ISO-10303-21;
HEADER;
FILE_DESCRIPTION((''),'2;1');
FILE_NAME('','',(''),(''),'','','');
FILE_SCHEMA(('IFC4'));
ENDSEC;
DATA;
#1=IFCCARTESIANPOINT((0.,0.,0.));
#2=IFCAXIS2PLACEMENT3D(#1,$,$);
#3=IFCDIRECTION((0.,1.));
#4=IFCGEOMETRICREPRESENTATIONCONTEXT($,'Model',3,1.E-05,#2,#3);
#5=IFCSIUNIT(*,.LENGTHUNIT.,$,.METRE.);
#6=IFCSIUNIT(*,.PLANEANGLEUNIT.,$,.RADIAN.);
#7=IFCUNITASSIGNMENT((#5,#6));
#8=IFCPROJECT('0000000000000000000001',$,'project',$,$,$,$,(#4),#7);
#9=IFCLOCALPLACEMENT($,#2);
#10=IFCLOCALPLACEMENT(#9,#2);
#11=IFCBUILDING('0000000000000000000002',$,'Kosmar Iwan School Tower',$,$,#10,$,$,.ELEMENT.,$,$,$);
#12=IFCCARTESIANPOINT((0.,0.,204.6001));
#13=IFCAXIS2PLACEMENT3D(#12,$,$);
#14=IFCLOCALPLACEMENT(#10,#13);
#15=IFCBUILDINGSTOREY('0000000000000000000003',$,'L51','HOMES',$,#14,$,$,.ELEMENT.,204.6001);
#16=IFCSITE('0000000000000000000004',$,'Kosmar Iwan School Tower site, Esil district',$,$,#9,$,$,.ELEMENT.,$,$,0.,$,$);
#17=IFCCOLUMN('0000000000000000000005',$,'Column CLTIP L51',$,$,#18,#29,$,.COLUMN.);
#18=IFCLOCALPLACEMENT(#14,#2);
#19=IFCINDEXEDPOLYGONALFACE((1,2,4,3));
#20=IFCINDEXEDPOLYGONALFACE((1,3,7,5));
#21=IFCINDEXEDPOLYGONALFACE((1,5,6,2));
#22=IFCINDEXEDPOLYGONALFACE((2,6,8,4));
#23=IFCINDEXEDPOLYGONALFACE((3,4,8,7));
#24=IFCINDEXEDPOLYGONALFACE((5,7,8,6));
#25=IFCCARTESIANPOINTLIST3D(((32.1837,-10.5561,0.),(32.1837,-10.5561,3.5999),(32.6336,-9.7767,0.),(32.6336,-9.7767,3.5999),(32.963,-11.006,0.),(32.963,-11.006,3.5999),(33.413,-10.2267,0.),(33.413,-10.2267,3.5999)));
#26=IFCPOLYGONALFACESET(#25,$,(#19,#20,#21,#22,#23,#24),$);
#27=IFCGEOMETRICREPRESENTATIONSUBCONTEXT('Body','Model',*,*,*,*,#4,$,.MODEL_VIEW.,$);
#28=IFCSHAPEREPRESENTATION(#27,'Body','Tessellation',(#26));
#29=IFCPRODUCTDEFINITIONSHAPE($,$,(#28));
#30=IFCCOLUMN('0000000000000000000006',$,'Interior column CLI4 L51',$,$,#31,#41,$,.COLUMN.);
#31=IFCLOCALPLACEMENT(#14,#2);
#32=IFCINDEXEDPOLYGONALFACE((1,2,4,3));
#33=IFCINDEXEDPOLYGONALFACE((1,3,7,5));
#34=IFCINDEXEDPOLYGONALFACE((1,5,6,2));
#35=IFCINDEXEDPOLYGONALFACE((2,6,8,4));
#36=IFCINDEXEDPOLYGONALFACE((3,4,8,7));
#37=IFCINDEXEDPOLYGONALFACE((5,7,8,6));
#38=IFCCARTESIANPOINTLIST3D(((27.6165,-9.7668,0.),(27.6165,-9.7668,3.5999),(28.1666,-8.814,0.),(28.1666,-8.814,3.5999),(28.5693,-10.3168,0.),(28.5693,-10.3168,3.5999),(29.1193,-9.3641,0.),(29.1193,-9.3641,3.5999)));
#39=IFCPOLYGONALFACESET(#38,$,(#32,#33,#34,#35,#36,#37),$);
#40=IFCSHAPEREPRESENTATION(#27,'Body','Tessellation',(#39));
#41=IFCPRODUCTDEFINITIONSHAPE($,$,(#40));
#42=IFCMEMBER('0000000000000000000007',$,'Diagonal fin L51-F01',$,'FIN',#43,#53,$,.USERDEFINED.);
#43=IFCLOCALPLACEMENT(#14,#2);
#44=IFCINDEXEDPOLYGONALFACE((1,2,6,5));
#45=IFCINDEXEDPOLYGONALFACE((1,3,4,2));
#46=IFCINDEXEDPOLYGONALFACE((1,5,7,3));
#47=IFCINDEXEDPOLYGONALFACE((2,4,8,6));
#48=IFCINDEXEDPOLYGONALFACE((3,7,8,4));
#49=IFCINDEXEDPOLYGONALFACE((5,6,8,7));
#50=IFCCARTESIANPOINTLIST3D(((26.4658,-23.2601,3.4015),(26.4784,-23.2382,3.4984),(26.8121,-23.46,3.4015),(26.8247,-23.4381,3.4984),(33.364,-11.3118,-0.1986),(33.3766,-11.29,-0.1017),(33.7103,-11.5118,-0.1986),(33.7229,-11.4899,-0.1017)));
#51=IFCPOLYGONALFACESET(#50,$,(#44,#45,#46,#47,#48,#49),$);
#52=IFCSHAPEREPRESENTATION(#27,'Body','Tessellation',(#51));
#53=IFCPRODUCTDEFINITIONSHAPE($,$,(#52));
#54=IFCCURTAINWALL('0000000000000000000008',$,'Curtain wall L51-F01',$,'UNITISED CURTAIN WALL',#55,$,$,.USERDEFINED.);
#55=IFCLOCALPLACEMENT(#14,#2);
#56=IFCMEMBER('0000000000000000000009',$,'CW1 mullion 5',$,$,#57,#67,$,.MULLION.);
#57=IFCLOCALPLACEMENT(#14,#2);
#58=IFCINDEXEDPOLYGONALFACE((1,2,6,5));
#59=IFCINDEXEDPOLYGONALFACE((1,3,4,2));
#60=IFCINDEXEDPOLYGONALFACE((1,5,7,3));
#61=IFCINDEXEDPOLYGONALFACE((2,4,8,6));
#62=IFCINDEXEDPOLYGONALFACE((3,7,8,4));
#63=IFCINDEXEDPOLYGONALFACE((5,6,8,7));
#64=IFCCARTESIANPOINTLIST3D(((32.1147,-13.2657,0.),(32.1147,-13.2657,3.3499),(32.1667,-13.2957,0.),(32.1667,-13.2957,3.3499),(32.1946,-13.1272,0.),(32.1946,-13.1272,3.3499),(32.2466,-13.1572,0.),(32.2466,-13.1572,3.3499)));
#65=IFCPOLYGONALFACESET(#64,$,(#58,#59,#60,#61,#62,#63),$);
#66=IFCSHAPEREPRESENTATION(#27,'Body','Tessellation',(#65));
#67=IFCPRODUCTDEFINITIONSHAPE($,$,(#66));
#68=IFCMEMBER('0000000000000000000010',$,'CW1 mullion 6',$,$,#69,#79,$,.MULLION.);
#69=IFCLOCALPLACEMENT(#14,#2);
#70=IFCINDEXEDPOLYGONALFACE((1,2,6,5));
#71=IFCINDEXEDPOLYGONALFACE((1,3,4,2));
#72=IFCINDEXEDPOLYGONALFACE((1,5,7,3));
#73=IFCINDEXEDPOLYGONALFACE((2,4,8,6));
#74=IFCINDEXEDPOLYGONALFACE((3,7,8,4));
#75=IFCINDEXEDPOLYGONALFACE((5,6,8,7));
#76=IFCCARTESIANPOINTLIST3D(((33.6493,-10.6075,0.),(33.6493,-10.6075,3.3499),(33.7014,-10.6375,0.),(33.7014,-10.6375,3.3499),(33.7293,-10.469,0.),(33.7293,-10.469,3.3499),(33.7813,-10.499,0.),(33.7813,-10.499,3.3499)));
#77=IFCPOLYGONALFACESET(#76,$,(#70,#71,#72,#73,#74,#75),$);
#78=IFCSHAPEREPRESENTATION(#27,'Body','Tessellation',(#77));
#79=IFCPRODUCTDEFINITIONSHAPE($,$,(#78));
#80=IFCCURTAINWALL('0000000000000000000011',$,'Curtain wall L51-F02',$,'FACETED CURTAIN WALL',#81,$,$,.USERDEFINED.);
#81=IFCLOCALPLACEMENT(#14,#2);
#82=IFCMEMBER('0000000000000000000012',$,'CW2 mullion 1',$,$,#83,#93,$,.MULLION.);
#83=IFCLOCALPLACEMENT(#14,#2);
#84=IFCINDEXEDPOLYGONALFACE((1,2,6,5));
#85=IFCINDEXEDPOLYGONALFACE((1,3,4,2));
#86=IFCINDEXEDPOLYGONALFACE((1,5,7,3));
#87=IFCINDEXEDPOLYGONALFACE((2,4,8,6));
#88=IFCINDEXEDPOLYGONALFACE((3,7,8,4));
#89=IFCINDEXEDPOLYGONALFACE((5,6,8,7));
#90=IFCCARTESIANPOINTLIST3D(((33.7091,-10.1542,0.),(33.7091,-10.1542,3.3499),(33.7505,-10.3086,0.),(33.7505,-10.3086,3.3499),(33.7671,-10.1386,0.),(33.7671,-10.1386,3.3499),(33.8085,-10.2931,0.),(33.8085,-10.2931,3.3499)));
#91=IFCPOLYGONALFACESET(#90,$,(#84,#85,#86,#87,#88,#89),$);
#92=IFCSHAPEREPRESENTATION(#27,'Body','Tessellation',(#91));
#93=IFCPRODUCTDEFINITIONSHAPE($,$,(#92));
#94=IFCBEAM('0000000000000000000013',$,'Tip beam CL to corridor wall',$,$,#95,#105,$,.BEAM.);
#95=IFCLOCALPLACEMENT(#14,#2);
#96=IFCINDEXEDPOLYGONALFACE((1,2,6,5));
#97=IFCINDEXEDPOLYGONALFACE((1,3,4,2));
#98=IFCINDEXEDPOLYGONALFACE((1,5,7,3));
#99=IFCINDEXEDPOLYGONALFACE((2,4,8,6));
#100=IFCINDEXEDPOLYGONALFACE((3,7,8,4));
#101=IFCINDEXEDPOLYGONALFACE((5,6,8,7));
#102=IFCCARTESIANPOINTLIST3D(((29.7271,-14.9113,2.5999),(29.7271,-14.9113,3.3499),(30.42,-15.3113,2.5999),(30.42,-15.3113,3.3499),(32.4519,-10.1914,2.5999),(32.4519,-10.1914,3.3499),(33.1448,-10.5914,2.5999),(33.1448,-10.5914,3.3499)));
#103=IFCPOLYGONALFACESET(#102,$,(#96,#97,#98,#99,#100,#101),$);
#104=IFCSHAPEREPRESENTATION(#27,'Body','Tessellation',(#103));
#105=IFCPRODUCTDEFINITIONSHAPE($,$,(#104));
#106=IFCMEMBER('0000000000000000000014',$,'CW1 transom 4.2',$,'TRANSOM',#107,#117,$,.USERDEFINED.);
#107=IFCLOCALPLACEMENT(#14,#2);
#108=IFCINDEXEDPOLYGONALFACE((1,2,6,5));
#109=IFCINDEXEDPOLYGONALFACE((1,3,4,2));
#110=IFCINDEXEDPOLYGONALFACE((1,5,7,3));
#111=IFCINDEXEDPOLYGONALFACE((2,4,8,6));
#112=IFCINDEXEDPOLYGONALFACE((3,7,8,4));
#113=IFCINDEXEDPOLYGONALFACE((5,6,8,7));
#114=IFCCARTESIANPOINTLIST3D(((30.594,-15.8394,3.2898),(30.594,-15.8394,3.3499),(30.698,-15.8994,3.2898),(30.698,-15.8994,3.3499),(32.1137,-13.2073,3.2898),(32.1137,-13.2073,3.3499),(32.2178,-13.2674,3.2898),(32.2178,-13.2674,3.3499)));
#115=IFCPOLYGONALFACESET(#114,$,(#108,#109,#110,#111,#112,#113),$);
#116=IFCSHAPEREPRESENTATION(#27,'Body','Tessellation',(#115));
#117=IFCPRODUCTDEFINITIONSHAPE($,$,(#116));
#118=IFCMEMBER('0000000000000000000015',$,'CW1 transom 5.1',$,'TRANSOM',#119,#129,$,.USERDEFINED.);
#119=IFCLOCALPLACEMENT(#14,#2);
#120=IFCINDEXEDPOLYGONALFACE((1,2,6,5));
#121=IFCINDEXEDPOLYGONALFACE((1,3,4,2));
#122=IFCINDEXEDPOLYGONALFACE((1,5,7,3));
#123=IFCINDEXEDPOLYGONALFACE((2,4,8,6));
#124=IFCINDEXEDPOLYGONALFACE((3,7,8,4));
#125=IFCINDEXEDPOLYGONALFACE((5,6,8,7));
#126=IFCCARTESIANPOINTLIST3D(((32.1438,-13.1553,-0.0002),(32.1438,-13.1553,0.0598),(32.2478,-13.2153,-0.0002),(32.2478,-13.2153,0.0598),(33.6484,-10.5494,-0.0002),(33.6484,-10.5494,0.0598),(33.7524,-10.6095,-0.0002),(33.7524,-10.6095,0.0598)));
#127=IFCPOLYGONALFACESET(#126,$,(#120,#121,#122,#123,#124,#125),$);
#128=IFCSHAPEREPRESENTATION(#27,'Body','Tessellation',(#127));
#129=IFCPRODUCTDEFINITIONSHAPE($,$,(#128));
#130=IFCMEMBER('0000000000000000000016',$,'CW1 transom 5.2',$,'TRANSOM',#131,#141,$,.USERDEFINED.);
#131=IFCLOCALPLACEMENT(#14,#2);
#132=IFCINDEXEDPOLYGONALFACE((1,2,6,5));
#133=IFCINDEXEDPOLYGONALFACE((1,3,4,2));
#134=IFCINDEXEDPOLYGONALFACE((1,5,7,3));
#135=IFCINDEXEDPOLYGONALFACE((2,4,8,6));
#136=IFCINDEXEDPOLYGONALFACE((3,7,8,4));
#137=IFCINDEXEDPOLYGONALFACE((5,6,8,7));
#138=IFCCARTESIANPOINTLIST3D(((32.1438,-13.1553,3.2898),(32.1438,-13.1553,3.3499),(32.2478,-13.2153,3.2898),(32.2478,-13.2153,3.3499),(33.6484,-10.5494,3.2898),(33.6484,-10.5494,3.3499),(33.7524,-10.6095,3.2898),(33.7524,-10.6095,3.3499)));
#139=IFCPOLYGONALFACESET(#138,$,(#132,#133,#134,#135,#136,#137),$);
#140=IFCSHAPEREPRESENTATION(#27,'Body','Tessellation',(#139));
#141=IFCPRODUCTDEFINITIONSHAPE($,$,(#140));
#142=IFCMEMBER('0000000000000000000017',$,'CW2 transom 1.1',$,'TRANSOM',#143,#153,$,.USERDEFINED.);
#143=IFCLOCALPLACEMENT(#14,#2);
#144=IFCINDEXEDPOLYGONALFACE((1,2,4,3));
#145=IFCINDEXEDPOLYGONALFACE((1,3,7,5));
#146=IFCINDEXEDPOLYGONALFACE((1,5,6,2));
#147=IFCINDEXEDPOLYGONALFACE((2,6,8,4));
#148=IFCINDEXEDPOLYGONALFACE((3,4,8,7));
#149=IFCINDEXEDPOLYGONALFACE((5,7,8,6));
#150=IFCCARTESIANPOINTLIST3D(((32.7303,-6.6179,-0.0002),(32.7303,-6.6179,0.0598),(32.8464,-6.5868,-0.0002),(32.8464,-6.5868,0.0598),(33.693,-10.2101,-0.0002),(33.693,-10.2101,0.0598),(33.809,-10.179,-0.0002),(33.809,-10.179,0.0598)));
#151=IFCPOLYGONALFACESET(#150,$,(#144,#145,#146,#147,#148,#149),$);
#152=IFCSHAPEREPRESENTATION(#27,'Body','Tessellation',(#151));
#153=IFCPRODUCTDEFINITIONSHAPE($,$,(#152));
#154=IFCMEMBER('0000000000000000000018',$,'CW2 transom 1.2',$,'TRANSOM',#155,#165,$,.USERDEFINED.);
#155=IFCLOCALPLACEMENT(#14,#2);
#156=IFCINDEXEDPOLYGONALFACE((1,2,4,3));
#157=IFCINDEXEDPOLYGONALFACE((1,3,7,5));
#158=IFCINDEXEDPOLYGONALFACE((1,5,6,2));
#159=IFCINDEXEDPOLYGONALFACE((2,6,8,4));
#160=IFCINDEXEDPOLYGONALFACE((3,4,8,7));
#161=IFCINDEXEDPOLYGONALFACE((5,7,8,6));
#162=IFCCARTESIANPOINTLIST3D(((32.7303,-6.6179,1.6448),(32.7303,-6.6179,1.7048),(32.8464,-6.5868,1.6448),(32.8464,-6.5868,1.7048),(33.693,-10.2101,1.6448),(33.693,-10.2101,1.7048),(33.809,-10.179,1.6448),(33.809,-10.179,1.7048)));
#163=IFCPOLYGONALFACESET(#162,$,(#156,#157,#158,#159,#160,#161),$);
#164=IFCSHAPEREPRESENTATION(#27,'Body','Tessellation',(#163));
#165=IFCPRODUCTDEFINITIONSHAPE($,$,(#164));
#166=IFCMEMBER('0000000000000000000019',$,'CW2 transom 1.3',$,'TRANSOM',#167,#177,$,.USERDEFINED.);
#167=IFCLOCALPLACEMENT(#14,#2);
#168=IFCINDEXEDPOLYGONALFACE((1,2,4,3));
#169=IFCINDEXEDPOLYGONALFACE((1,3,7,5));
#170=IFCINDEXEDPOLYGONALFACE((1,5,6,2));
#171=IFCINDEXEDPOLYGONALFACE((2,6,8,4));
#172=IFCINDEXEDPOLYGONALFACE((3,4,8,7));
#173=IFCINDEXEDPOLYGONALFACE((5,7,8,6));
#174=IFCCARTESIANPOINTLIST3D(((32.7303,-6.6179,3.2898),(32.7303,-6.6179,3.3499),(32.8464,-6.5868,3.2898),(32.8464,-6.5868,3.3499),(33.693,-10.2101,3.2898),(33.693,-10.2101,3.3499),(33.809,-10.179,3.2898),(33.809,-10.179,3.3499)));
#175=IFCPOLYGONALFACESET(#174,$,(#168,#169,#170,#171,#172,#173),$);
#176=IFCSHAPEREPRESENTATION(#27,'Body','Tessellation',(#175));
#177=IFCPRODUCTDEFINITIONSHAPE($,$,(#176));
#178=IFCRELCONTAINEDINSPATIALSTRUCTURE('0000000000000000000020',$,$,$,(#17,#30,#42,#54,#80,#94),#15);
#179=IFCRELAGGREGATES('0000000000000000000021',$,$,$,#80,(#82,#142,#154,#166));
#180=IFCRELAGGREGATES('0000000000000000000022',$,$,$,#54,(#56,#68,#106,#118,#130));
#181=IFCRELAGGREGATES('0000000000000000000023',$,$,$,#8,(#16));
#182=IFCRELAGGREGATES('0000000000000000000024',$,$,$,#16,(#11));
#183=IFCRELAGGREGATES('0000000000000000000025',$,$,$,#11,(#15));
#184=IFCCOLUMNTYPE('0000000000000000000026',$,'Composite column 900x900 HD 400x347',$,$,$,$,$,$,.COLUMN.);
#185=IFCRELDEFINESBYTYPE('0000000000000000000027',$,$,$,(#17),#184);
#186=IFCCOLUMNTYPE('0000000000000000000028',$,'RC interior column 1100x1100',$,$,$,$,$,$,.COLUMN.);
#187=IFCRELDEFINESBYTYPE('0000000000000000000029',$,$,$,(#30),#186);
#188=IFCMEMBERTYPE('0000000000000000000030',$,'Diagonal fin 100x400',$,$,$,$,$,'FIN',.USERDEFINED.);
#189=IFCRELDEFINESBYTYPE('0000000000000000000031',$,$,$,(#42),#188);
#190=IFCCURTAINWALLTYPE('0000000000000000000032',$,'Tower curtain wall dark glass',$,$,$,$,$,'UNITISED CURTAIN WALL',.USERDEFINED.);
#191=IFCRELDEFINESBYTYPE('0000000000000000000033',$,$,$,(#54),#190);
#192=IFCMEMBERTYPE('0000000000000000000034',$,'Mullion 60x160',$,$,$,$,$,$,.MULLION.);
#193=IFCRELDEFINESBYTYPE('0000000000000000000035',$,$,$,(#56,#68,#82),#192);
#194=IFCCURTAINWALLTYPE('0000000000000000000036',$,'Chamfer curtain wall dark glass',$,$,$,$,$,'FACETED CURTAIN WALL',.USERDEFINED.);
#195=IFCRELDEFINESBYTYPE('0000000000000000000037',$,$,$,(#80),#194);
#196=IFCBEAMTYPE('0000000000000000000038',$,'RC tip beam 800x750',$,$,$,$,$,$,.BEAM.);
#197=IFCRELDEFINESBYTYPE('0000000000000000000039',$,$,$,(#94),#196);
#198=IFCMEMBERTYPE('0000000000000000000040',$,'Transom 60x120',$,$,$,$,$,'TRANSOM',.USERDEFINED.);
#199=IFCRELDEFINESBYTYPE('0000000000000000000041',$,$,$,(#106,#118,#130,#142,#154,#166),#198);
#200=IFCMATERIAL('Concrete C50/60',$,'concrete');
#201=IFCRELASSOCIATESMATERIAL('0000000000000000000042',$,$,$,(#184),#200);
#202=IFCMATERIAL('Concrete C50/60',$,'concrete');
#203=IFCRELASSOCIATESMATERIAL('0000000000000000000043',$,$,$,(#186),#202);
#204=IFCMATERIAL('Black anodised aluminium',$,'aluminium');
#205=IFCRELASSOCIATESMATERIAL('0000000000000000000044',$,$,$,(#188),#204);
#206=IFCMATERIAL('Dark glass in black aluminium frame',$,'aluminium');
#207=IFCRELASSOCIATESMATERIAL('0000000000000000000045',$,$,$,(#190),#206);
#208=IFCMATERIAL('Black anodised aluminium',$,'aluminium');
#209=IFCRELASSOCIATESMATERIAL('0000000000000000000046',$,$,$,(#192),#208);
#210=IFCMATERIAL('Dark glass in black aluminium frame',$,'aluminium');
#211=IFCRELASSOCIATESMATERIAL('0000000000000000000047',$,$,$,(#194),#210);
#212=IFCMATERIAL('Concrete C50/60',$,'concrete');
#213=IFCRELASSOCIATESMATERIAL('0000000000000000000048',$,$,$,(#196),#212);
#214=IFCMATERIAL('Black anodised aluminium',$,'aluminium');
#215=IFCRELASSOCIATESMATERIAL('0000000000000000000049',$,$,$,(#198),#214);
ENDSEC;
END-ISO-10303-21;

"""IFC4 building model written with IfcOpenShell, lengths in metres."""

from ifc_helpers import new_model, si_unit, direction, frame, origin, origin_2d, place, context, subcontext, project, spatial, rectangle, extrude, material, material_profile, profile_set, type_object, element, aggregate, save


model = new_model("IFC4")

# Units and contexts
model_context = context("Model", 3, precision=1e-05, world=origin(), true_north=direction((0.0, 1.0)))
body_context = subcontext(model_context, "Body", "Model", "MODEL_VIEW")
ifc_project = project(units=[si_unit("LENGTHUNIT", "METRE"), si_unit("PLANEANGLEUNIT", "RADIAN")], contexts=[model_context])

# Site, building, storey
site_placement = place(None, origin())
site = spatial("IfcSite", under=ifc_project, at=site_placement, Name="Kosmar Iwan School Tower site, Esil district", CompositionType="ELEMENT", RefElevation=0.0)
building_placement = place(site_placement, origin())
building = spatial("IfcBuilding", under=site, at=building_placement, Name="Kosmar Iwan School Tower", CompositionType="ELEMENT")
storey_placement = place(building_placement, frame((0.0, 0.0, 204.6001)))
storey = spatial("IfcBuildingStorey", under=building, at=storey_placement, Name="L51", Description="HOMES", CompositionType="ELEMENT", Elevation=204.6001)

# Columns
ifc_material_1 = material(Name="Concrete C50/60", Category="concrete")
ifc_material_profile_1 = material_profile(ifc_material_1, rectangle(XDim=0.8999, YDim=0.8999, at=origin_2d()), Name="RC 900x900 + HD 400x347")
ifc_profile_set_1 = profile_set([ifc_material_profile_1], Name="Concrete C50/60")
column_type_1 = type_object("IfcColumnType", Name="Composite column 900x900 HD 400x347", PredefinedType="COLUMN", material=ifc_profile_set_1)
column_1_placement = place(storey_placement, frame((32.7983, -10.3914, 0.0), z_axis=(0.0, 0.0, 1.0), x_axis=(0.866025, -0.5, 0.0)))
element("IfcColumn", 1, at=column_1_placement, inside=storey, type_object=column_type_1, Name="Column CLTIP L51", PredefinedType="COLUMN", context=body_context, shape_type="SweptSolid", body=[
    extrude(rectangle(XDim=0.8999, YDim=0.8999, at=origin_2d()), origin(), (0.0, 0.0, 1.0), 3.5999),
])
ifc_material_2 = material(Name="Concrete C50/60", Category="concrete")
ifc_material_profile_2 = material_profile(ifc_material_2, rectangle(XDim=1.1001, YDim=1.1001, at=origin_2d()), Name="RC 1100x1100")
ifc_profile_set_2 = profile_set([ifc_material_profile_2], Name="Concrete C50/60")
column_type_2 = type_object("IfcColumnType", Name="RC interior column 1100x1100", PredefinedType="COLUMN", material=ifc_profile_set_2)
column_2_placement = place(storey_placement, frame((28.3679, -9.5654, 0.0), z_axis=(0.0, 0.0, 1.0), x_axis=(0.866025, -0.5, 0.0)))
element("IfcColumn", 2, at=column_2_placement, inside=storey, type_object=column_type_2, Name="Interior column CLI4 L51", PredefinedType="COLUMN", context=body_context, shape_type="SweptSolid", body=[
    extrude(rectangle(XDim=1.1001, YDim=1.1001, at=origin_2d()), origin(), (0.0, 0.0, 1.0), 3.5999),
])

# Member
ifc_material_3 = material(Name="Black anodised aluminium", Category="aluminium")
ifc_material_profile_3 = material_profile(ifc_material_3, rectangle(XDim=0.1001, YDim=0.3999, at=origin_2d()), Name="FIN 100x400")
ifc_profile_set_3 = profile_set([ifc_material_profile_3], Name="Black anodised aluminium")
member_type_1 = type_object("IfcMemberType", Name="Diagonal fin 100x400", ElementType="FIN", PredefinedType="USERDEFINED", material=ifc_profile_set_3)
member_1_placement = place(storey_placement, frame((33.5435, -11.4009, -0.1501), z_axis=(-0.483793, -0.83797, 0.252487), x_axis=(0.126242, 0.218661, 0.9676)))
element("IfcMember", 3, at=member_1_placement, inside=storey, type_object=member_type_1, Name="Diagonal fin L51-F01", ObjectType="FIN", PredefinedType="USERDEFINED", context=body_context, shape_type="SweptSolid", body=[
    extrude(rectangle(XDim=0.1001, YDim=0.3999, at=origin_2d()), origin(), (0.0, 0.0, 1.0), 14.2585),
])

# Curtain wall, members
ifc_material_4 = material(Name="Dark glass in black aluminium frame", Category="aluminium")
curtain_wall_type_1 = type_object("IfcCurtainWallType", Name="Tower curtain wall dark glass", ElementType="UNITISED CURTAIN WALL", PredefinedType="USERDEFINED", material=ifc_material_4)
curtain_wall_1_placement = place(storey_placement, origin())
curtain_wall_1 = element("IfcCurtainWall", 4, at=curtain_wall_1_placement, inside=storey, type_object=curtain_wall_type_1, Name="Curtain wall L51-F01", ObjectType="UNITISED CURTAIN WALL", PredefinedType="USERDEFINED")
ifc_material_5 = material(Name="Black anodised aluminium", Category="aluminium")
ifc_material_profile_4 = material_profile(ifc_material_5, rectangle(XDim=0.0601, YDim=0.1599, at=origin_2d()), Name="MULLION 60x160")
ifc_profile_set_4 = profile_set([ifc_material_profile_4], Name="Black anodised aluminium")
member_type_2 = type_object("IfcMemberType", Name="Mullion 60x160", PredefinedType="MULLION", material=ifc_profile_set_4)
member_2_placement = place(storey_placement, frame((32.1807, -13.2114, 0.0), z_axis=(0.0, 0.0, 1.0), x_axis=(-0.866025, 0.5, 0.0)))
member_2 = element("IfcMember", 5, at=member_2_placement, type_object=member_type_2, Name="CW1 mullion 5", PredefinedType="MULLION", context=body_context, shape_type="SweptSolid", body=[
    extrude(rectangle(XDim=0.0601, YDim=0.1599, at=origin_2d()), origin(), (0.0, 0.0, 1.0), 3.3499),
])
member_3_placement = place(storey_placement, frame((33.7153, -10.5532, 0.0), z_axis=(0.0, 0.0, 1.0), x_axis=(-0.866025, 0.5, 0.0)))
member_3 = element("IfcMember", 6, at=member_3_placement, type_object=member_type_2, Name="CW1 mullion 6", PredefinedType="MULLION", context=body_context, shape_type="SweptSolid", body=[
    extrude(rectangle(XDim=0.0601, YDim=0.1599, at=origin_2d()), origin(), (0.0, 0.0, 1.0), 3.3499),
])

# Curtain wall, member
ifc_material_6 = material(Name="Dark glass in black aluminium frame", Category="aluminium")
curtain_wall_type_2 = type_object("IfcCurtainWallType", Name="Chamfer curtain wall dark glass", ElementType="FACETED CURTAIN WALL", PredefinedType="USERDEFINED", material=ifc_material_6)
curtain_wall_2_placement = place(storey_placement, origin())
curtain_wall_2 = element("IfcCurtainWall", 7, at=curtain_wall_2_placement, inside=storey, type_object=curtain_wall_type_2, Name="Curtain wall L51-F02", ObjectType="FACETED CURTAIN WALL", PredefinedType="USERDEFINED")
member_4_placement = place(storey_placement, frame((33.7588, -10.2236, 0.0), z_axis=(0.0, 0.0, 1.0), x_axis=(-0.965926, -0.258819, 0.0)))
member_4 = element("IfcMember", 8, at=member_4_placement, type_object=member_type_2, Name="CW2 mullion 1", PredefinedType="MULLION", context=body_context, shape_type="SweptSolid", body=[
    extrude(rectangle(XDim=0.0601, YDim=0.1599, at=origin_2d()), origin(), (0.0, 0.0, 1.0), 3.3499),
])

# Beam
ifc_material_7 = material(Name="Concrete C50/60", Category="concrete")
ifc_material_profile_5 = material_profile(ifc_material_7, rectangle(XDim=0.8, YDim=0.75, at=origin_2d()), Name="RC 800x750")
ifc_profile_set_5 = profile_set([ifc_material_profile_5], Name="Concrete C50/60")
beam_type = type_object("IfcBeamType", Name="RC tip beam 800x750", PredefinedType="BEAM", material=ifc_profile_set_5)
beam_placement = place(storey_placement, frame((32.7983, -10.3914, 2.9749), z_axis=(-0.499969, -0.866043, 0.0), x_axis=(0.866043, -0.499969, 0.0)))
element("IfcBeam", 9, at=beam_placement, inside=storey, type_object=beam_type, Name="Tip beam CL to corridor wall", PredefinedType="BEAM", context=body_context, shape_type="SweptSolid", body=[
    extrude(rectangle(XDim=0.8, YDim=0.75, at=origin_2d()), origin(), (0.0, 0.0, 1.0), 5.45),
])

# Members
ifc_material_8 = material(Name="Black anodised aluminium", Category="aluminium")
ifc_material_profile_6 = material_profile(ifc_material_8, rectangle(XDim=0.1201, YDim=0.0601, at=origin_2d()), Name="TRANSOM 60x120")
ifc_profile_set_6 = profile_set([ifc_material_profile_6], Name="Black anodised aluminium")
member_type_3 = type_object("IfcMemberType", Name="Transom 60x120", ElementType="TRANSOM", PredefinedType="USERDEFINED", material=ifc_profile_set_6)
member_5_placement = place(storey_placement, frame((30.646, -15.8694, 3.3198), z_axis=(0.500035, 0.866005, 0.0), x_axis=(-0.866005, 0.500035, 0.0)))
member_5 = element("IfcMember", 10, at=member_5_placement, type_object=member_type_3, Name="CW1 transom 4.2", ObjectType="TRANSOM", PredefinedType="USERDEFINED", context=body_context, shape_type="SweptSolid", body=[
    extrude(rectangle(XDim=0.1201, YDim=0.0601, at=origin_2d()), origin(), (0.0, 0.0, 1.0), 3.0393),
])
member_6_placement = place(storey_placement, frame((32.1958, -13.1853, 0.0298), z_axis=(0.500022, 0.866013, 0.0), x_axis=(-0.866013, 0.500022, 0.0)))
member_6 = element("IfcMember", 11, at=member_6_placement, type_object=member_type_3, Name="CW1 transom 5.1", ObjectType="TRANSOM", PredefinedType="USERDEFINED", context=body_context, shape_type="SweptSolid", body=[
    extrude(rectangle(XDim=0.1201, YDim=0.0601, at=origin_2d()), origin(), (0.0, 0.0, 1.0), 3.009),
])
member_7_placement = place(storey_placement, frame((32.1958, -13.1853, 3.3198), z_axis=(0.500022, 0.866013, 0.0), x_axis=(-0.866013, 0.500022, 0.0)))
member_7 = element("IfcMember", 12, at=member_7_placement, type_object=member_type_3, Name="CW1 transom 5.2", ObjectType="TRANSOM", PredefinedType="USERDEFINED", context=body_context, shape_type="SweptSolid", body=[
    extrude(rectangle(XDim=0.1201, YDim=0.0601, at=origin_2d()), origin(), (0.0, 0.0, 1.0), 3.009),
])
member_8_placement = place(storey_placement, frame((33.751, -10.1946, 0.0298), z_axis=(-0.258843, 0.965919, 0.0), x_axis=(-0.965919, -0.258843, 0.0)))
member_8 = element("IfcMember", 13, at=member_8_placement, type_object=member_type_3, Name="CW2 transom 1.1", ObjectType="TRANSOM", PredefinedType="USERDEFINED", context=body_context, shape_type="SweptSolid", body=[
    extrude(rectangle(XDim=0.1201, YDim=0.0601, at=origin_2d()), origin(), (0.0, 0.0, 1.0), 3.719),
])
member_9_placement = place(storey_placement, frame((33.751, -10.1946, 1.6748), z_axis=(-0.258843, 0.965919, 0.0), x_axis=(-0.965919, -0.258843, 0.0)))
member_9 = element("IfcMember", 14, at=member_9_placement, type_object=member_type_3, Name="CW2 transom 1.2", ObjectType="TRANSOM", PredefinedType="USERDEFINED", context=body_context, shape_type="SweptSolid", body=[
    extrude(rectangle(XDim=0.1201, YDim=0.0601, at=origin_2d()), origin(), (0.0, 0.0, 1.0), 3.719),
])
member_10_placement = place(storey_placement, frame((33.751, -10.1946, 3.3198), z_axis=(-0.258843, 0.965919, 0.0), x_axis=(-0.965919, -0.258843, 0.0)))
member_10 = element("IfcMember", 15, at=member_10_placement, type_object=member_type_3, Name="CW2 transom 1.3", ObjectType="TRANSOM", PredefinedType="USERDEFINED", context=body_context, shape_type="SweptSolid", body=[
    extrude(rectangle(XDim=0.1201, YDim=0.0601, at=origin_2d()), origin(), (0.0, 0.0, 1.0), 3.719),
])
aggregate(curtain_wall_2, [member_4, member_8, member_9, member_10])

aggregate(curtain_wall_1, [member_2, member_3, member_5, member_6, member_7])

save(model, "model.ifc")
